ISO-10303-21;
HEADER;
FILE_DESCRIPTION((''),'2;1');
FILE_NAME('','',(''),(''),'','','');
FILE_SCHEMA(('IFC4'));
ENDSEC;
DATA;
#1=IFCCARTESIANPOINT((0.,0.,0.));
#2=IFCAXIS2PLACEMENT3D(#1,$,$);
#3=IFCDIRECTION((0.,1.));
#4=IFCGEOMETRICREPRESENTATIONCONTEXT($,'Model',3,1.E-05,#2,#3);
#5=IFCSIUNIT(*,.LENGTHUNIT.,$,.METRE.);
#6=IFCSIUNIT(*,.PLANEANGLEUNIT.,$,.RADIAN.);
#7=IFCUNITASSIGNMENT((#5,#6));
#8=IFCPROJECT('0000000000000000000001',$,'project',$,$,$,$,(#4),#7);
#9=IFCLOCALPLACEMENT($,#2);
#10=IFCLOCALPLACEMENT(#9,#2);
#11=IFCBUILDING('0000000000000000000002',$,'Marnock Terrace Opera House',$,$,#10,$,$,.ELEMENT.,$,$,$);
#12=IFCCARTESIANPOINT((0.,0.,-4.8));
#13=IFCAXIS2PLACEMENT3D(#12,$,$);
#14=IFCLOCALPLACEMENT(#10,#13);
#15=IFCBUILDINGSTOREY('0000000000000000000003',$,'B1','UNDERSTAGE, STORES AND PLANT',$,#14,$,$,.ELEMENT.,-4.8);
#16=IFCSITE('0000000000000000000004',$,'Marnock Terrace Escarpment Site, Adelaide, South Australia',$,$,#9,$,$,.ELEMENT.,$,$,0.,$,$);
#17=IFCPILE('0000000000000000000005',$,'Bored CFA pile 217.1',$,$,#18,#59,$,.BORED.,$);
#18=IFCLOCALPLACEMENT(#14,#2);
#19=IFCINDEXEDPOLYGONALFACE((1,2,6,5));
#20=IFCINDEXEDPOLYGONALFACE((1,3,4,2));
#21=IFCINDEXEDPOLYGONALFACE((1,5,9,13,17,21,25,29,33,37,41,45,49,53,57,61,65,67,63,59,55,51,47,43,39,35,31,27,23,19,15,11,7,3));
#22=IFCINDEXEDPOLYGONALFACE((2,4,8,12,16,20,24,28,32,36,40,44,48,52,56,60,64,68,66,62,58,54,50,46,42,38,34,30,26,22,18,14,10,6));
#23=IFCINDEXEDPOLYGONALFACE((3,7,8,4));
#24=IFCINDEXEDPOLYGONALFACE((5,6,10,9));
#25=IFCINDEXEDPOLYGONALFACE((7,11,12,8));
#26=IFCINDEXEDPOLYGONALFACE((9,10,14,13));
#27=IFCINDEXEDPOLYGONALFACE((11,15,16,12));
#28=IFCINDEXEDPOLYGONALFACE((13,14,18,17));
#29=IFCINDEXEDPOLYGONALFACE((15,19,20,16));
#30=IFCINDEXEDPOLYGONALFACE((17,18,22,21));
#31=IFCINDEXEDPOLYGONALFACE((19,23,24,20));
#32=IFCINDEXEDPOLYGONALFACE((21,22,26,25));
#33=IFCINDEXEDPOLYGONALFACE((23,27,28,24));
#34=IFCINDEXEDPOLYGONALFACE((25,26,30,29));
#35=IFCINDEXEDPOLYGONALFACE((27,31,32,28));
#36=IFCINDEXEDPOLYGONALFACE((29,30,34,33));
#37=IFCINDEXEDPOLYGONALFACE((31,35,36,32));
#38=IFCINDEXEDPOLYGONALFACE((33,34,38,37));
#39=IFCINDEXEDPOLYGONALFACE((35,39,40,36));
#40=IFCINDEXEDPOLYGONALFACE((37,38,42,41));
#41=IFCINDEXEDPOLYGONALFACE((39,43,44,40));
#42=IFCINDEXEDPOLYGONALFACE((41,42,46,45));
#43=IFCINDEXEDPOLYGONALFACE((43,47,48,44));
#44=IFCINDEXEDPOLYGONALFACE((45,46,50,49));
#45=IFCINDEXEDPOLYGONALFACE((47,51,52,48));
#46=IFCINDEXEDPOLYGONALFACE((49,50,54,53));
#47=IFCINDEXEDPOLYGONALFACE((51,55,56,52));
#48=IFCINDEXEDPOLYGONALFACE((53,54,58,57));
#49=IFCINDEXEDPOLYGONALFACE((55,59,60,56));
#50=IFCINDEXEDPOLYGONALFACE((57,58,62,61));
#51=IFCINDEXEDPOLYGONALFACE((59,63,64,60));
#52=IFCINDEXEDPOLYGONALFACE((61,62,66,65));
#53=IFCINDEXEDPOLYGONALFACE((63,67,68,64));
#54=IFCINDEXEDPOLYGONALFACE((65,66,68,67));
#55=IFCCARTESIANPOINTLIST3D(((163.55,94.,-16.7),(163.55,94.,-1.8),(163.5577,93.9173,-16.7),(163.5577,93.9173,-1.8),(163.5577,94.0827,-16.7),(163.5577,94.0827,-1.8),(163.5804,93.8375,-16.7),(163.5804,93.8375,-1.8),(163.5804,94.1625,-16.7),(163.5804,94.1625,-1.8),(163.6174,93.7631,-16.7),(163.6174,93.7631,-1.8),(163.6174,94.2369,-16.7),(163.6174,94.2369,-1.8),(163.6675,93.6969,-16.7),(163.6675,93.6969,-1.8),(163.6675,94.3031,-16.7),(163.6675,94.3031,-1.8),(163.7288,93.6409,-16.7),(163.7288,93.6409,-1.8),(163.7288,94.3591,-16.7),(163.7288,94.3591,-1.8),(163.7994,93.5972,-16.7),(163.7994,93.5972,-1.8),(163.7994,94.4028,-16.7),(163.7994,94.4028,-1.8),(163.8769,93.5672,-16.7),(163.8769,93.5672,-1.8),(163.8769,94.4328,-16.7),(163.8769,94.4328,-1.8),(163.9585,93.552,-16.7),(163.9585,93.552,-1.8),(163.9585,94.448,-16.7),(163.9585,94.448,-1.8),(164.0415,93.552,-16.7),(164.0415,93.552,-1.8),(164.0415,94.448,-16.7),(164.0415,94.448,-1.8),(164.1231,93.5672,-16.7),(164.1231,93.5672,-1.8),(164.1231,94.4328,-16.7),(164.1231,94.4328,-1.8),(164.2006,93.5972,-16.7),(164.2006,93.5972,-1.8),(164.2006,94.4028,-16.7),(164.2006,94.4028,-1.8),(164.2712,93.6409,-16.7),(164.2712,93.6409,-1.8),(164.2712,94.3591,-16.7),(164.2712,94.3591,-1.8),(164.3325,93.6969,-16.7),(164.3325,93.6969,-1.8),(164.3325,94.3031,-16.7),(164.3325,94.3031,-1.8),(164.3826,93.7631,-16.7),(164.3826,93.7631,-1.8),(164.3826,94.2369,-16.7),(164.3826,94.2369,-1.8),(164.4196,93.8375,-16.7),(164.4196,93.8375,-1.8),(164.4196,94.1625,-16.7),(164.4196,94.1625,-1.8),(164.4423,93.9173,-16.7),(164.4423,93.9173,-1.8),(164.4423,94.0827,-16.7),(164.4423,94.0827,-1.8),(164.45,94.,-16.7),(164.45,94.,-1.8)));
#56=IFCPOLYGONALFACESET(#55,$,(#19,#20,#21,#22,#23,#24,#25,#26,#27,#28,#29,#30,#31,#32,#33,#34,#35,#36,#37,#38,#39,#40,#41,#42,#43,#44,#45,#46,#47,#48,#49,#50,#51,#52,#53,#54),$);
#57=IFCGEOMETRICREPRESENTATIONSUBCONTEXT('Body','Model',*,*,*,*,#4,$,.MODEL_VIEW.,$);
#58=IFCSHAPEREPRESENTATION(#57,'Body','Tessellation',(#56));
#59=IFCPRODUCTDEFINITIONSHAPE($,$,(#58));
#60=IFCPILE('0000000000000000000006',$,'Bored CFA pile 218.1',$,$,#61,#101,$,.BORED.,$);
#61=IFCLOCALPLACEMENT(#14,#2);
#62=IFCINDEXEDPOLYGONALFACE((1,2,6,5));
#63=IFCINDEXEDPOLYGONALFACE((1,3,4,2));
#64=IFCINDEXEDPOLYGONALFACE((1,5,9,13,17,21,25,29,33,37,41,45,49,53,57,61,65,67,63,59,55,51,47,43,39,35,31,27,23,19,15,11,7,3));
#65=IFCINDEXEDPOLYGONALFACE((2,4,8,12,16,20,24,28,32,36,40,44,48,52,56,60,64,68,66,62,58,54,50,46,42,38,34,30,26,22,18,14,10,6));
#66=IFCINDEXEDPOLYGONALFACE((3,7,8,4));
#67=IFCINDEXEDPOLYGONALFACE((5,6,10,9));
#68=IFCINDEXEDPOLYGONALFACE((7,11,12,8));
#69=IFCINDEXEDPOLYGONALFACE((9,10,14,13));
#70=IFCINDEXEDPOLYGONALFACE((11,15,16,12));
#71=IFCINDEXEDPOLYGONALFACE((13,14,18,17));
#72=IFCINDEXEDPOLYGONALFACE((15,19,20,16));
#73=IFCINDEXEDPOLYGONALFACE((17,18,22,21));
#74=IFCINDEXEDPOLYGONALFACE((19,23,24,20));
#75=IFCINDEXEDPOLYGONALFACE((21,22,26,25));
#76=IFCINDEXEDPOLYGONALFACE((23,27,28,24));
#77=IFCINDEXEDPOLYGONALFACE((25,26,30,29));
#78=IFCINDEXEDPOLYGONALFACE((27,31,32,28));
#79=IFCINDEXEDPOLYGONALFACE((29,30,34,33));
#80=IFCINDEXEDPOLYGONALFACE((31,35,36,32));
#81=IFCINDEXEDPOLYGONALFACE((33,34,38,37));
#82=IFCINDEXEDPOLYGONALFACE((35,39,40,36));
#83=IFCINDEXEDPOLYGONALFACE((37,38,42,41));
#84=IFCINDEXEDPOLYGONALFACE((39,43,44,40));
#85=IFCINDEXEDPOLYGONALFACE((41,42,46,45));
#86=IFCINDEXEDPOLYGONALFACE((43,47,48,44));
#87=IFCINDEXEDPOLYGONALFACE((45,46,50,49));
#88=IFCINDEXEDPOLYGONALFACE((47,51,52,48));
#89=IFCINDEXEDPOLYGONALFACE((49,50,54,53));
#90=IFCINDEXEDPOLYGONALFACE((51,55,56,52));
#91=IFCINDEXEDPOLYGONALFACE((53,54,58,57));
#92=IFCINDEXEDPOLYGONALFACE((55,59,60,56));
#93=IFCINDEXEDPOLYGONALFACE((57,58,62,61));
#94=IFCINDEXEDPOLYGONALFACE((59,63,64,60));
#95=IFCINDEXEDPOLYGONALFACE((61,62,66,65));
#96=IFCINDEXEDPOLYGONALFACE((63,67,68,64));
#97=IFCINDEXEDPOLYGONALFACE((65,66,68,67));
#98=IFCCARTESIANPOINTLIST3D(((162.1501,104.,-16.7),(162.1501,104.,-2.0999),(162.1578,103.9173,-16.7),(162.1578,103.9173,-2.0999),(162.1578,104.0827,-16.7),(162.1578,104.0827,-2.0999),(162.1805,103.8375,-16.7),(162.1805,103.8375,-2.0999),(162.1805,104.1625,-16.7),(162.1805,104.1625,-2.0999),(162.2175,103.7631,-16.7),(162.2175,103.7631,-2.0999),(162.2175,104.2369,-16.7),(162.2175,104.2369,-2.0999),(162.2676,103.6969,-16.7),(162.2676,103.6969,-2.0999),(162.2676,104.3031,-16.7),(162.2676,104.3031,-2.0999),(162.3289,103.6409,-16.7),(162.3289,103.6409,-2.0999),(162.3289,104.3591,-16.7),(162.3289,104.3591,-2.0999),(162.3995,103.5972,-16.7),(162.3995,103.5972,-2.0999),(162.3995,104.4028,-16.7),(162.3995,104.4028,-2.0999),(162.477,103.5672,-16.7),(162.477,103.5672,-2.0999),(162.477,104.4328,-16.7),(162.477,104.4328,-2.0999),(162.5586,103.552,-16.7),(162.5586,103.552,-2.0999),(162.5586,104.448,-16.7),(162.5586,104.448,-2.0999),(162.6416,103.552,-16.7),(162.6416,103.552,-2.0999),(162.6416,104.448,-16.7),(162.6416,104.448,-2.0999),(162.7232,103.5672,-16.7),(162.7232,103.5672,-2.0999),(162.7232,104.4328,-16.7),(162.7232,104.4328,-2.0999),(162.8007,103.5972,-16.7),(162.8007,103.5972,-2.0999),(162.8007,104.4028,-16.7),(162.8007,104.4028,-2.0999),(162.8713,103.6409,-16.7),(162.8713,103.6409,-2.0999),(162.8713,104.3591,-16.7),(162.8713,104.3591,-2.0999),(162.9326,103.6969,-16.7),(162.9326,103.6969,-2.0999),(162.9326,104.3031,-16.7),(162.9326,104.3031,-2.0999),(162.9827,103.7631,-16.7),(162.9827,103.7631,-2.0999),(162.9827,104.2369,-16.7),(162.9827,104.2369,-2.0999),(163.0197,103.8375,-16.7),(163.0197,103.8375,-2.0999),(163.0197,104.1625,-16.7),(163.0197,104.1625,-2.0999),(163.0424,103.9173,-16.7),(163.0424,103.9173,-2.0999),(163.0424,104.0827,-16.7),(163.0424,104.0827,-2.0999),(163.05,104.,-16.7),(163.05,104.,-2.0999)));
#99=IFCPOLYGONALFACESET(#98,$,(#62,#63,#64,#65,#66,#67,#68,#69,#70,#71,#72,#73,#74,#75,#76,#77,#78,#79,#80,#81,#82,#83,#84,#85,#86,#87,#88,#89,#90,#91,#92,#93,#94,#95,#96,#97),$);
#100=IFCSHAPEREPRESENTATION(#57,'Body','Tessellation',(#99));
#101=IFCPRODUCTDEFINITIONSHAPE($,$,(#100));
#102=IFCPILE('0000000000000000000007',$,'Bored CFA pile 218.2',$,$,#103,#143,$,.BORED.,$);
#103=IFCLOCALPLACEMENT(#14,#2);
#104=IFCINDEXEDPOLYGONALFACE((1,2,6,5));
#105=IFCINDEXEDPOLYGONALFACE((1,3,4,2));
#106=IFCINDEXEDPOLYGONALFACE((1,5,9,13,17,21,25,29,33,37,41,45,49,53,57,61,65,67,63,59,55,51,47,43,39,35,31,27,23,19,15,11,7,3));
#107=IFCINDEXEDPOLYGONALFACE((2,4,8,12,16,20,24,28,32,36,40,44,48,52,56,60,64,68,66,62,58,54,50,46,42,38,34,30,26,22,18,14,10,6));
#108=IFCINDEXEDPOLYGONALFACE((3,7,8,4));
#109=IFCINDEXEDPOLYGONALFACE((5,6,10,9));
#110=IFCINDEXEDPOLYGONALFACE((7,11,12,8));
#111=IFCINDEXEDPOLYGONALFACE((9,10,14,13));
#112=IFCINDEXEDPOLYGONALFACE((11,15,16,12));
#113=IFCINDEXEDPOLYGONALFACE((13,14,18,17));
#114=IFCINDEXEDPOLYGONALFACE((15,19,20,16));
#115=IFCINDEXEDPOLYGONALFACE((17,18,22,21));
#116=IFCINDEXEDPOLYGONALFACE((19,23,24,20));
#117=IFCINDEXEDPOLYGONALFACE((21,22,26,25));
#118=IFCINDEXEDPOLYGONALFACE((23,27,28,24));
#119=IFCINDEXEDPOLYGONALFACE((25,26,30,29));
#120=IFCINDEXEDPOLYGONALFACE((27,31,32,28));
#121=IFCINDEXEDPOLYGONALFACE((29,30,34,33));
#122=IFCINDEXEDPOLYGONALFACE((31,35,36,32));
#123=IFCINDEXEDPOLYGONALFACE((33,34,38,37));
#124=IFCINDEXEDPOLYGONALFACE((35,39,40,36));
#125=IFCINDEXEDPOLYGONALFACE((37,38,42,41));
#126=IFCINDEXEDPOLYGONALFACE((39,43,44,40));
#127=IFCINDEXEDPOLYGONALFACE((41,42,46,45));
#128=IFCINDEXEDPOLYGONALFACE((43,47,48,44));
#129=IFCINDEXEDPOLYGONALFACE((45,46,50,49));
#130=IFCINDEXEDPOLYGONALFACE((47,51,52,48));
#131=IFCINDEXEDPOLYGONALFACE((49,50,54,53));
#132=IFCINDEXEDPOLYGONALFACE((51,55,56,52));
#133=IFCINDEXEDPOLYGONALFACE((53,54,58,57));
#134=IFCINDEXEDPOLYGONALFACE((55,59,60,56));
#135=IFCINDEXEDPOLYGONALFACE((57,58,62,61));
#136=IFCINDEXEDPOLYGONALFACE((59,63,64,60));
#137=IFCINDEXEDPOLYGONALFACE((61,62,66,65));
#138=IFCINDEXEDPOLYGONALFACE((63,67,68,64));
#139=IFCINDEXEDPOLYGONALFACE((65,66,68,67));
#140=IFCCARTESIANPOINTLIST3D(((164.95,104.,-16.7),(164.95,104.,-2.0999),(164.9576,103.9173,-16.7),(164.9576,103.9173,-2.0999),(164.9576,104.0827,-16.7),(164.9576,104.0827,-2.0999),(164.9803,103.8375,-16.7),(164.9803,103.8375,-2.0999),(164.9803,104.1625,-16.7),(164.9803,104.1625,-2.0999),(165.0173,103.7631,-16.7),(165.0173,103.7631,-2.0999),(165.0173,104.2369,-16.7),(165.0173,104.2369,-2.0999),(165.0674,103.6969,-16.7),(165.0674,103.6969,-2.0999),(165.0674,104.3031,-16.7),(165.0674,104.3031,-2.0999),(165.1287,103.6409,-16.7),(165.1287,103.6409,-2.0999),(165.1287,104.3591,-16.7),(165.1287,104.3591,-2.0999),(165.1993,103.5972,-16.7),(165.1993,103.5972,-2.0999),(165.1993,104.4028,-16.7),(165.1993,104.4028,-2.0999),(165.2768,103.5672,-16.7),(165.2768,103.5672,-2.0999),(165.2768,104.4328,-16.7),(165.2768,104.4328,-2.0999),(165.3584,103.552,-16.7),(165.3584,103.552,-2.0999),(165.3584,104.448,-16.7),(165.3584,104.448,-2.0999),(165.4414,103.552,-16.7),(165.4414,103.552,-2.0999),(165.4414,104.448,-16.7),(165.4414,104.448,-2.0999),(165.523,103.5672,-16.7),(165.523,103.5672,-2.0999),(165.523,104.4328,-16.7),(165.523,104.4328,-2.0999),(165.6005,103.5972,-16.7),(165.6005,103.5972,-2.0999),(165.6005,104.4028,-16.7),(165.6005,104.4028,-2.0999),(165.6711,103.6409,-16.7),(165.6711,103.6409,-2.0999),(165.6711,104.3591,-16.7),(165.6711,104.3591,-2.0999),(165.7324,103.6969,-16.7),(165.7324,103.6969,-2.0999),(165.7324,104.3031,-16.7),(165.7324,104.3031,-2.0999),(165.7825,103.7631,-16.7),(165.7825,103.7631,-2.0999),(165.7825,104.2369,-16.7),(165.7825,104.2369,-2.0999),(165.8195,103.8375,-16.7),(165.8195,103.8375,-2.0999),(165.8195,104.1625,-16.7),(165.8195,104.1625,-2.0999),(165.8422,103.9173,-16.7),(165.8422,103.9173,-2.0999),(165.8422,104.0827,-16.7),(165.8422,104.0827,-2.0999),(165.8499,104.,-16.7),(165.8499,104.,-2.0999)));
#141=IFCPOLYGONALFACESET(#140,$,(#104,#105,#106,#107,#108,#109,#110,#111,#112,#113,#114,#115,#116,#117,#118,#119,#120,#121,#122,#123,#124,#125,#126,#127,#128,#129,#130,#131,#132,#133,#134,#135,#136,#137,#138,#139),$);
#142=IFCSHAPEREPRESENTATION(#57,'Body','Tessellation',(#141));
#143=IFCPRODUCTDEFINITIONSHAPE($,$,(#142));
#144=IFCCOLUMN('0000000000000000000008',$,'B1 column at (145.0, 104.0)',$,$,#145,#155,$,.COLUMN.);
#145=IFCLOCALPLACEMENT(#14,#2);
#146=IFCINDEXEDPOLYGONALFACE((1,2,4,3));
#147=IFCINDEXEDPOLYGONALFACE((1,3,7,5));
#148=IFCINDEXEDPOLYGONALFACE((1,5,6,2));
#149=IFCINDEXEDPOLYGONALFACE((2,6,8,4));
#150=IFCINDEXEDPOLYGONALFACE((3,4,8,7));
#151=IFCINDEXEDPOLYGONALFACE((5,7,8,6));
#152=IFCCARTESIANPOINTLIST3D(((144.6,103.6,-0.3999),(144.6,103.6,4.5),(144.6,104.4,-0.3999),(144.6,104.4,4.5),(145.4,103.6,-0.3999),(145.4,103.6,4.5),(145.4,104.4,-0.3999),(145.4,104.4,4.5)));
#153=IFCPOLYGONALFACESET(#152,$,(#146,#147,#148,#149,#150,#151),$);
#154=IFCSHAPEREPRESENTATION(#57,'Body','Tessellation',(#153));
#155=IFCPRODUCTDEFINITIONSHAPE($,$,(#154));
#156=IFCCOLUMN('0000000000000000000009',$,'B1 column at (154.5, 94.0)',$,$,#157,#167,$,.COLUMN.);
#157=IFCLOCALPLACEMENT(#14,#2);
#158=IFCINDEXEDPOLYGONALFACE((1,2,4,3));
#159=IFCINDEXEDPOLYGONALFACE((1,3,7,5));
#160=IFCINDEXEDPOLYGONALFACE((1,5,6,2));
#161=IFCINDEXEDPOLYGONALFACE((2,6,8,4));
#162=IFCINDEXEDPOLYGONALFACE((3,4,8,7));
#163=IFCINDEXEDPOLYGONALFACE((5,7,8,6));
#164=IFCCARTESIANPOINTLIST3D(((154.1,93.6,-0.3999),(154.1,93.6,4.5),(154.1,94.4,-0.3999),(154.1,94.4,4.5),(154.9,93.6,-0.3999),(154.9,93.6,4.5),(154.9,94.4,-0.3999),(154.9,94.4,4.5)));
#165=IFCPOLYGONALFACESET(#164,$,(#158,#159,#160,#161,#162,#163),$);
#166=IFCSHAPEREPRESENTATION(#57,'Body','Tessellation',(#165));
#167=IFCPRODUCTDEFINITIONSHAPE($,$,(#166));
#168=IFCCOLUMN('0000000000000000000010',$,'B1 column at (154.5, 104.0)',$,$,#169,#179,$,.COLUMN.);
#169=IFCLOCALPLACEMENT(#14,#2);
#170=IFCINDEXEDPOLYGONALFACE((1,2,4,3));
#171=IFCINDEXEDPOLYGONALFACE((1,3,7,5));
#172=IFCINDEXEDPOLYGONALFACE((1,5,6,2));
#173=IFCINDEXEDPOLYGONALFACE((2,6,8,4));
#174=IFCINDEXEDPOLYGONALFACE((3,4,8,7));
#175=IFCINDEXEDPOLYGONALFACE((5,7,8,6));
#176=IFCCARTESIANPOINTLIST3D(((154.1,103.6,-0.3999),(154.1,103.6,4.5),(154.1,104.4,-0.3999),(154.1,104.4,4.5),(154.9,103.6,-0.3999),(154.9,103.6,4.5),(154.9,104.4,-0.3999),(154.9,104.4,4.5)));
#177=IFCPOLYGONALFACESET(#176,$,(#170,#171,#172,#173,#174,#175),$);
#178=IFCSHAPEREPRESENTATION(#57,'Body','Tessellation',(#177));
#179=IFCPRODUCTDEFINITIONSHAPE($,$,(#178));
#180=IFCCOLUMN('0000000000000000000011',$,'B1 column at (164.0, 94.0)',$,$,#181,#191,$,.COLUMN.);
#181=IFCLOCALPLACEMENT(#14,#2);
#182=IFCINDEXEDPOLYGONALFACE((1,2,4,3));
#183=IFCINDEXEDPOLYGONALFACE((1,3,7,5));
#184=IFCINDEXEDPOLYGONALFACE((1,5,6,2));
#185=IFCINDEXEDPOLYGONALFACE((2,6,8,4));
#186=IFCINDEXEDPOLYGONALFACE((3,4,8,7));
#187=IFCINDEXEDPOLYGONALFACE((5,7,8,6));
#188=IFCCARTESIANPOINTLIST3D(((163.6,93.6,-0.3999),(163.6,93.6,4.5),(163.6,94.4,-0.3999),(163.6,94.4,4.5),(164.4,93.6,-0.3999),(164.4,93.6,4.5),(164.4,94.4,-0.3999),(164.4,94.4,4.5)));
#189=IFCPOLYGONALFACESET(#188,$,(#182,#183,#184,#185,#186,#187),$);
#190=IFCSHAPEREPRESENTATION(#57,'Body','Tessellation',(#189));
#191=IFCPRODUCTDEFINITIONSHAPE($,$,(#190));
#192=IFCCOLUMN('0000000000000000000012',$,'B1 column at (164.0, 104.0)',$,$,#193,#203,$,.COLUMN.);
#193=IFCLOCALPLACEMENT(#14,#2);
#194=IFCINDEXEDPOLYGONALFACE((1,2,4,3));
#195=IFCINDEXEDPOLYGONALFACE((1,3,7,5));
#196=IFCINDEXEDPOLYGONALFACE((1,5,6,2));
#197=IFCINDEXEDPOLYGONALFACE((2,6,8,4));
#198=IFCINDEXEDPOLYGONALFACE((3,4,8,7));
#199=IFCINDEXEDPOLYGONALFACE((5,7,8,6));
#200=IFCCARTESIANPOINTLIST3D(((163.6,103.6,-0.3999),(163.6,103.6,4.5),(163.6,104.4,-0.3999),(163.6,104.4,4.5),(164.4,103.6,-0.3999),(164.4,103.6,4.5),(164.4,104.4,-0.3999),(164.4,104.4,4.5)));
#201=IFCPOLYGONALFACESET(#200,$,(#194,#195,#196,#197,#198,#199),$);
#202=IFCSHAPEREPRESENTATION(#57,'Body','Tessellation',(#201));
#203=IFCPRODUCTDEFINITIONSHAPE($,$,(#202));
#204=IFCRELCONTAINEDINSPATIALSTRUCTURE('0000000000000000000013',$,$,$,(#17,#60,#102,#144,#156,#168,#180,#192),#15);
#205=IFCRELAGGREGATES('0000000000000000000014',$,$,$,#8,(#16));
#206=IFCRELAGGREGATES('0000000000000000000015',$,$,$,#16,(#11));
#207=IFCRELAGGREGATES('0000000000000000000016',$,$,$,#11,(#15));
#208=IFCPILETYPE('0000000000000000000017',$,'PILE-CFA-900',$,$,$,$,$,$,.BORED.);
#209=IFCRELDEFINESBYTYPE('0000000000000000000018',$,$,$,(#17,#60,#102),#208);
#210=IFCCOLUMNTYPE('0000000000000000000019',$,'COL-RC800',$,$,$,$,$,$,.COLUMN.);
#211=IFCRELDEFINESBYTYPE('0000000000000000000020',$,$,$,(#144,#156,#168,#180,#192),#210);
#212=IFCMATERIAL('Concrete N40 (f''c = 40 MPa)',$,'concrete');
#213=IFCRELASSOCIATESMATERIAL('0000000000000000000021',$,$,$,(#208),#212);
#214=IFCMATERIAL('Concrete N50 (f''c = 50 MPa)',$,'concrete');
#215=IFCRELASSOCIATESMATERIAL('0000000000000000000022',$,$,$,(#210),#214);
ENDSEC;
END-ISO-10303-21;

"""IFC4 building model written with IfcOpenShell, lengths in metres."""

from ifc_helpers import new_model, si_unit, direction, frame, origin, origin_2d, place, context, subcontext, project, spatial, rectangle, circle, extrude, material, material_profile, profile_set, type_object, element, save


model = new_model("IFC4")

# Units and contexts
model_context = context("Model", 3, precision=1e-05, world=origin(), true_north=direction((0.0, 1.0)))
body_context = subcontext(model_context, "Body", "Model", "MODEL_VIEW")
ifc_project = project(units=[si_unit("LENGTHUNIT", "METRE"), si_unit("PLANEANGLEUNIT", "RADIAN")], contexts=[model_context])

# Site, building, storey
site_placement = place(None, origin())
site = spatial("IfcSite", under=ifc_project, at=site_placement, Name="Marnock Terrace Escarpment Site, Adelaide, South Australia", CompositionType="ELEMENT", RefElevation=0.0)
building_placement = place(site_placement, origin())
building = spatial("IfcBuilding", under=site, at=building_placement, Name="Marnock Terrace Opera House", CompositionType="ELEMENT")
storey_placement = place(building_placement, frame((0.0, 0.0, -4.8)))
storey = spatial("IfcBuildingStorey", under=building, at=storey_placement, Name="B1", Description="UNDERSTAGE, STORES AND PLANT", CompositionType="ELEMENT", Elevation=-4.8)

# Shared definitions
ifc_material_1 = material(Name="Concrete N40 (f'c = 40 MPa)", Category="concrete")

# Piles
ifc_material_profile_1 = material_profile(ifc_material_1, circle(Radius=0.45, at=origin_2d()))
ifc_profile_set_1 = profile_set([ifc_material_profile_1], Name="Concrete N40 (f'c = 40 MPa)")
pile_type = type_object("IfcPileType", Name="PILE-CFA-900", PredefinedType="BORED", material=ifc_profile_set_1)
for number, where, z_axis, x_axis, name in (
    (1, (164.0, 94.0, -1.8), (0.0, 0.0, -1.0), (1.0, 0.0, 0.0), "Bored CFA pile 217.1"),
):
    element("IfcPile", number, at=place(storey_placement, frame(where, z_axis=z_axis, x_axis=x_axis)), inside=storey, type_object=pile_type, Name=name, PredefinedType="BORED", context=body_context, shape_type="SweptSolid", body=[
        extrude(circle(Radius=0.45, at=origin_2d()), origin(), (0.0, 0.0, 1.0), 14.8999),
    ])
for number, where, z_axis, x_axis, name in (
    (2, (162.6001, 104.0, -2.0999), (0.0, 0.0, -1.0), (1.0, 0.0, 0.0), "Bored CFA pile 218.1"),
    (3, (165.3999, 104.0, -2.0999), (0.0, 0.0, -1.0), (1.0, 0.0, 0.0), "Bored CFA pile 218.2"),
):
    element("IfcPile", number, at=place(storey_placement, frame(where, z_axis=z_axis, x_axis=x_axis)), inside=storey, type_object=pile_type, Name=name, PredefinedType="BORED", context=body_context, shape_type="SweptSolid", body=[
        extrude(circle(Radius=0.45, at=origin_2d()), origin(), (0.0, 0.0, 1.0), 14.6001),
    ])

# Columns
ifc_material_2 = material(Name="Concrete N50 (f'c = 50 MPa)", Category="concrete")
ifc_material_profile_2 = material_profile(ifc_material_2, rectangle(XDim=0.8, YDim=0.8, at=origin_2d()))
ifc_profile_set_2 = profile_set([ifc_material_profile_2], Name="Concrete N50 (f'c = 50 MPa)")
column_type = type_object("IfcColumnType", Name="COL-RC800", PredefinedType="COLUMN", material=ifc_profile_set_2)
for number, where, z_axis, x_axis, name in (
    (4, (145.0, 104.0, -0.3999), (0.0, 0.0, 1.0), (1.0, 0.0, 0.0), "B1 column at (145.0, 104.0)"),
    (5, (154.5, 94.0, -0.3999), (0.0, 0.0, 1.0), (1.0, 0.0, 0.0), "B1 column at (154.5, 94.0)"),
    (6, (154.5, 104.0, -0.3999), (0.0, 0.0, 1.0), (1.0, 0.0, 0.0), "B1 column at (154.5, 104.0)"),
    (7, (164.0, 94.0, -0.3999), (0.0, 0.0, 1.0), (1.0, 0.0, 0.0), "B1 column at (164.0, 94.0)"),
    (8, (164.0, 104.0, -0.3999), (0.0, 0.0, 1.0), (1.0, 0.0, 0.0), "B1 column at (164.0, 104.0)"),
):
    element("IfcColumn", number, at=place(storey_placement, frame(where, z_axis=z_axis, x_axis=x_axis)), inside=storey, type_object=column_type, Name=name, PredefinedType="COLUMN", context=body_context, shape_type="SweptSolid", body=[
        extrude(rectangle(XDim=0.8, YDim=0.8, at=origin_2d()), origin(), (0.0, 0.0, 1.0), 4.8999),
    ])

save(model, "model.ifc")
